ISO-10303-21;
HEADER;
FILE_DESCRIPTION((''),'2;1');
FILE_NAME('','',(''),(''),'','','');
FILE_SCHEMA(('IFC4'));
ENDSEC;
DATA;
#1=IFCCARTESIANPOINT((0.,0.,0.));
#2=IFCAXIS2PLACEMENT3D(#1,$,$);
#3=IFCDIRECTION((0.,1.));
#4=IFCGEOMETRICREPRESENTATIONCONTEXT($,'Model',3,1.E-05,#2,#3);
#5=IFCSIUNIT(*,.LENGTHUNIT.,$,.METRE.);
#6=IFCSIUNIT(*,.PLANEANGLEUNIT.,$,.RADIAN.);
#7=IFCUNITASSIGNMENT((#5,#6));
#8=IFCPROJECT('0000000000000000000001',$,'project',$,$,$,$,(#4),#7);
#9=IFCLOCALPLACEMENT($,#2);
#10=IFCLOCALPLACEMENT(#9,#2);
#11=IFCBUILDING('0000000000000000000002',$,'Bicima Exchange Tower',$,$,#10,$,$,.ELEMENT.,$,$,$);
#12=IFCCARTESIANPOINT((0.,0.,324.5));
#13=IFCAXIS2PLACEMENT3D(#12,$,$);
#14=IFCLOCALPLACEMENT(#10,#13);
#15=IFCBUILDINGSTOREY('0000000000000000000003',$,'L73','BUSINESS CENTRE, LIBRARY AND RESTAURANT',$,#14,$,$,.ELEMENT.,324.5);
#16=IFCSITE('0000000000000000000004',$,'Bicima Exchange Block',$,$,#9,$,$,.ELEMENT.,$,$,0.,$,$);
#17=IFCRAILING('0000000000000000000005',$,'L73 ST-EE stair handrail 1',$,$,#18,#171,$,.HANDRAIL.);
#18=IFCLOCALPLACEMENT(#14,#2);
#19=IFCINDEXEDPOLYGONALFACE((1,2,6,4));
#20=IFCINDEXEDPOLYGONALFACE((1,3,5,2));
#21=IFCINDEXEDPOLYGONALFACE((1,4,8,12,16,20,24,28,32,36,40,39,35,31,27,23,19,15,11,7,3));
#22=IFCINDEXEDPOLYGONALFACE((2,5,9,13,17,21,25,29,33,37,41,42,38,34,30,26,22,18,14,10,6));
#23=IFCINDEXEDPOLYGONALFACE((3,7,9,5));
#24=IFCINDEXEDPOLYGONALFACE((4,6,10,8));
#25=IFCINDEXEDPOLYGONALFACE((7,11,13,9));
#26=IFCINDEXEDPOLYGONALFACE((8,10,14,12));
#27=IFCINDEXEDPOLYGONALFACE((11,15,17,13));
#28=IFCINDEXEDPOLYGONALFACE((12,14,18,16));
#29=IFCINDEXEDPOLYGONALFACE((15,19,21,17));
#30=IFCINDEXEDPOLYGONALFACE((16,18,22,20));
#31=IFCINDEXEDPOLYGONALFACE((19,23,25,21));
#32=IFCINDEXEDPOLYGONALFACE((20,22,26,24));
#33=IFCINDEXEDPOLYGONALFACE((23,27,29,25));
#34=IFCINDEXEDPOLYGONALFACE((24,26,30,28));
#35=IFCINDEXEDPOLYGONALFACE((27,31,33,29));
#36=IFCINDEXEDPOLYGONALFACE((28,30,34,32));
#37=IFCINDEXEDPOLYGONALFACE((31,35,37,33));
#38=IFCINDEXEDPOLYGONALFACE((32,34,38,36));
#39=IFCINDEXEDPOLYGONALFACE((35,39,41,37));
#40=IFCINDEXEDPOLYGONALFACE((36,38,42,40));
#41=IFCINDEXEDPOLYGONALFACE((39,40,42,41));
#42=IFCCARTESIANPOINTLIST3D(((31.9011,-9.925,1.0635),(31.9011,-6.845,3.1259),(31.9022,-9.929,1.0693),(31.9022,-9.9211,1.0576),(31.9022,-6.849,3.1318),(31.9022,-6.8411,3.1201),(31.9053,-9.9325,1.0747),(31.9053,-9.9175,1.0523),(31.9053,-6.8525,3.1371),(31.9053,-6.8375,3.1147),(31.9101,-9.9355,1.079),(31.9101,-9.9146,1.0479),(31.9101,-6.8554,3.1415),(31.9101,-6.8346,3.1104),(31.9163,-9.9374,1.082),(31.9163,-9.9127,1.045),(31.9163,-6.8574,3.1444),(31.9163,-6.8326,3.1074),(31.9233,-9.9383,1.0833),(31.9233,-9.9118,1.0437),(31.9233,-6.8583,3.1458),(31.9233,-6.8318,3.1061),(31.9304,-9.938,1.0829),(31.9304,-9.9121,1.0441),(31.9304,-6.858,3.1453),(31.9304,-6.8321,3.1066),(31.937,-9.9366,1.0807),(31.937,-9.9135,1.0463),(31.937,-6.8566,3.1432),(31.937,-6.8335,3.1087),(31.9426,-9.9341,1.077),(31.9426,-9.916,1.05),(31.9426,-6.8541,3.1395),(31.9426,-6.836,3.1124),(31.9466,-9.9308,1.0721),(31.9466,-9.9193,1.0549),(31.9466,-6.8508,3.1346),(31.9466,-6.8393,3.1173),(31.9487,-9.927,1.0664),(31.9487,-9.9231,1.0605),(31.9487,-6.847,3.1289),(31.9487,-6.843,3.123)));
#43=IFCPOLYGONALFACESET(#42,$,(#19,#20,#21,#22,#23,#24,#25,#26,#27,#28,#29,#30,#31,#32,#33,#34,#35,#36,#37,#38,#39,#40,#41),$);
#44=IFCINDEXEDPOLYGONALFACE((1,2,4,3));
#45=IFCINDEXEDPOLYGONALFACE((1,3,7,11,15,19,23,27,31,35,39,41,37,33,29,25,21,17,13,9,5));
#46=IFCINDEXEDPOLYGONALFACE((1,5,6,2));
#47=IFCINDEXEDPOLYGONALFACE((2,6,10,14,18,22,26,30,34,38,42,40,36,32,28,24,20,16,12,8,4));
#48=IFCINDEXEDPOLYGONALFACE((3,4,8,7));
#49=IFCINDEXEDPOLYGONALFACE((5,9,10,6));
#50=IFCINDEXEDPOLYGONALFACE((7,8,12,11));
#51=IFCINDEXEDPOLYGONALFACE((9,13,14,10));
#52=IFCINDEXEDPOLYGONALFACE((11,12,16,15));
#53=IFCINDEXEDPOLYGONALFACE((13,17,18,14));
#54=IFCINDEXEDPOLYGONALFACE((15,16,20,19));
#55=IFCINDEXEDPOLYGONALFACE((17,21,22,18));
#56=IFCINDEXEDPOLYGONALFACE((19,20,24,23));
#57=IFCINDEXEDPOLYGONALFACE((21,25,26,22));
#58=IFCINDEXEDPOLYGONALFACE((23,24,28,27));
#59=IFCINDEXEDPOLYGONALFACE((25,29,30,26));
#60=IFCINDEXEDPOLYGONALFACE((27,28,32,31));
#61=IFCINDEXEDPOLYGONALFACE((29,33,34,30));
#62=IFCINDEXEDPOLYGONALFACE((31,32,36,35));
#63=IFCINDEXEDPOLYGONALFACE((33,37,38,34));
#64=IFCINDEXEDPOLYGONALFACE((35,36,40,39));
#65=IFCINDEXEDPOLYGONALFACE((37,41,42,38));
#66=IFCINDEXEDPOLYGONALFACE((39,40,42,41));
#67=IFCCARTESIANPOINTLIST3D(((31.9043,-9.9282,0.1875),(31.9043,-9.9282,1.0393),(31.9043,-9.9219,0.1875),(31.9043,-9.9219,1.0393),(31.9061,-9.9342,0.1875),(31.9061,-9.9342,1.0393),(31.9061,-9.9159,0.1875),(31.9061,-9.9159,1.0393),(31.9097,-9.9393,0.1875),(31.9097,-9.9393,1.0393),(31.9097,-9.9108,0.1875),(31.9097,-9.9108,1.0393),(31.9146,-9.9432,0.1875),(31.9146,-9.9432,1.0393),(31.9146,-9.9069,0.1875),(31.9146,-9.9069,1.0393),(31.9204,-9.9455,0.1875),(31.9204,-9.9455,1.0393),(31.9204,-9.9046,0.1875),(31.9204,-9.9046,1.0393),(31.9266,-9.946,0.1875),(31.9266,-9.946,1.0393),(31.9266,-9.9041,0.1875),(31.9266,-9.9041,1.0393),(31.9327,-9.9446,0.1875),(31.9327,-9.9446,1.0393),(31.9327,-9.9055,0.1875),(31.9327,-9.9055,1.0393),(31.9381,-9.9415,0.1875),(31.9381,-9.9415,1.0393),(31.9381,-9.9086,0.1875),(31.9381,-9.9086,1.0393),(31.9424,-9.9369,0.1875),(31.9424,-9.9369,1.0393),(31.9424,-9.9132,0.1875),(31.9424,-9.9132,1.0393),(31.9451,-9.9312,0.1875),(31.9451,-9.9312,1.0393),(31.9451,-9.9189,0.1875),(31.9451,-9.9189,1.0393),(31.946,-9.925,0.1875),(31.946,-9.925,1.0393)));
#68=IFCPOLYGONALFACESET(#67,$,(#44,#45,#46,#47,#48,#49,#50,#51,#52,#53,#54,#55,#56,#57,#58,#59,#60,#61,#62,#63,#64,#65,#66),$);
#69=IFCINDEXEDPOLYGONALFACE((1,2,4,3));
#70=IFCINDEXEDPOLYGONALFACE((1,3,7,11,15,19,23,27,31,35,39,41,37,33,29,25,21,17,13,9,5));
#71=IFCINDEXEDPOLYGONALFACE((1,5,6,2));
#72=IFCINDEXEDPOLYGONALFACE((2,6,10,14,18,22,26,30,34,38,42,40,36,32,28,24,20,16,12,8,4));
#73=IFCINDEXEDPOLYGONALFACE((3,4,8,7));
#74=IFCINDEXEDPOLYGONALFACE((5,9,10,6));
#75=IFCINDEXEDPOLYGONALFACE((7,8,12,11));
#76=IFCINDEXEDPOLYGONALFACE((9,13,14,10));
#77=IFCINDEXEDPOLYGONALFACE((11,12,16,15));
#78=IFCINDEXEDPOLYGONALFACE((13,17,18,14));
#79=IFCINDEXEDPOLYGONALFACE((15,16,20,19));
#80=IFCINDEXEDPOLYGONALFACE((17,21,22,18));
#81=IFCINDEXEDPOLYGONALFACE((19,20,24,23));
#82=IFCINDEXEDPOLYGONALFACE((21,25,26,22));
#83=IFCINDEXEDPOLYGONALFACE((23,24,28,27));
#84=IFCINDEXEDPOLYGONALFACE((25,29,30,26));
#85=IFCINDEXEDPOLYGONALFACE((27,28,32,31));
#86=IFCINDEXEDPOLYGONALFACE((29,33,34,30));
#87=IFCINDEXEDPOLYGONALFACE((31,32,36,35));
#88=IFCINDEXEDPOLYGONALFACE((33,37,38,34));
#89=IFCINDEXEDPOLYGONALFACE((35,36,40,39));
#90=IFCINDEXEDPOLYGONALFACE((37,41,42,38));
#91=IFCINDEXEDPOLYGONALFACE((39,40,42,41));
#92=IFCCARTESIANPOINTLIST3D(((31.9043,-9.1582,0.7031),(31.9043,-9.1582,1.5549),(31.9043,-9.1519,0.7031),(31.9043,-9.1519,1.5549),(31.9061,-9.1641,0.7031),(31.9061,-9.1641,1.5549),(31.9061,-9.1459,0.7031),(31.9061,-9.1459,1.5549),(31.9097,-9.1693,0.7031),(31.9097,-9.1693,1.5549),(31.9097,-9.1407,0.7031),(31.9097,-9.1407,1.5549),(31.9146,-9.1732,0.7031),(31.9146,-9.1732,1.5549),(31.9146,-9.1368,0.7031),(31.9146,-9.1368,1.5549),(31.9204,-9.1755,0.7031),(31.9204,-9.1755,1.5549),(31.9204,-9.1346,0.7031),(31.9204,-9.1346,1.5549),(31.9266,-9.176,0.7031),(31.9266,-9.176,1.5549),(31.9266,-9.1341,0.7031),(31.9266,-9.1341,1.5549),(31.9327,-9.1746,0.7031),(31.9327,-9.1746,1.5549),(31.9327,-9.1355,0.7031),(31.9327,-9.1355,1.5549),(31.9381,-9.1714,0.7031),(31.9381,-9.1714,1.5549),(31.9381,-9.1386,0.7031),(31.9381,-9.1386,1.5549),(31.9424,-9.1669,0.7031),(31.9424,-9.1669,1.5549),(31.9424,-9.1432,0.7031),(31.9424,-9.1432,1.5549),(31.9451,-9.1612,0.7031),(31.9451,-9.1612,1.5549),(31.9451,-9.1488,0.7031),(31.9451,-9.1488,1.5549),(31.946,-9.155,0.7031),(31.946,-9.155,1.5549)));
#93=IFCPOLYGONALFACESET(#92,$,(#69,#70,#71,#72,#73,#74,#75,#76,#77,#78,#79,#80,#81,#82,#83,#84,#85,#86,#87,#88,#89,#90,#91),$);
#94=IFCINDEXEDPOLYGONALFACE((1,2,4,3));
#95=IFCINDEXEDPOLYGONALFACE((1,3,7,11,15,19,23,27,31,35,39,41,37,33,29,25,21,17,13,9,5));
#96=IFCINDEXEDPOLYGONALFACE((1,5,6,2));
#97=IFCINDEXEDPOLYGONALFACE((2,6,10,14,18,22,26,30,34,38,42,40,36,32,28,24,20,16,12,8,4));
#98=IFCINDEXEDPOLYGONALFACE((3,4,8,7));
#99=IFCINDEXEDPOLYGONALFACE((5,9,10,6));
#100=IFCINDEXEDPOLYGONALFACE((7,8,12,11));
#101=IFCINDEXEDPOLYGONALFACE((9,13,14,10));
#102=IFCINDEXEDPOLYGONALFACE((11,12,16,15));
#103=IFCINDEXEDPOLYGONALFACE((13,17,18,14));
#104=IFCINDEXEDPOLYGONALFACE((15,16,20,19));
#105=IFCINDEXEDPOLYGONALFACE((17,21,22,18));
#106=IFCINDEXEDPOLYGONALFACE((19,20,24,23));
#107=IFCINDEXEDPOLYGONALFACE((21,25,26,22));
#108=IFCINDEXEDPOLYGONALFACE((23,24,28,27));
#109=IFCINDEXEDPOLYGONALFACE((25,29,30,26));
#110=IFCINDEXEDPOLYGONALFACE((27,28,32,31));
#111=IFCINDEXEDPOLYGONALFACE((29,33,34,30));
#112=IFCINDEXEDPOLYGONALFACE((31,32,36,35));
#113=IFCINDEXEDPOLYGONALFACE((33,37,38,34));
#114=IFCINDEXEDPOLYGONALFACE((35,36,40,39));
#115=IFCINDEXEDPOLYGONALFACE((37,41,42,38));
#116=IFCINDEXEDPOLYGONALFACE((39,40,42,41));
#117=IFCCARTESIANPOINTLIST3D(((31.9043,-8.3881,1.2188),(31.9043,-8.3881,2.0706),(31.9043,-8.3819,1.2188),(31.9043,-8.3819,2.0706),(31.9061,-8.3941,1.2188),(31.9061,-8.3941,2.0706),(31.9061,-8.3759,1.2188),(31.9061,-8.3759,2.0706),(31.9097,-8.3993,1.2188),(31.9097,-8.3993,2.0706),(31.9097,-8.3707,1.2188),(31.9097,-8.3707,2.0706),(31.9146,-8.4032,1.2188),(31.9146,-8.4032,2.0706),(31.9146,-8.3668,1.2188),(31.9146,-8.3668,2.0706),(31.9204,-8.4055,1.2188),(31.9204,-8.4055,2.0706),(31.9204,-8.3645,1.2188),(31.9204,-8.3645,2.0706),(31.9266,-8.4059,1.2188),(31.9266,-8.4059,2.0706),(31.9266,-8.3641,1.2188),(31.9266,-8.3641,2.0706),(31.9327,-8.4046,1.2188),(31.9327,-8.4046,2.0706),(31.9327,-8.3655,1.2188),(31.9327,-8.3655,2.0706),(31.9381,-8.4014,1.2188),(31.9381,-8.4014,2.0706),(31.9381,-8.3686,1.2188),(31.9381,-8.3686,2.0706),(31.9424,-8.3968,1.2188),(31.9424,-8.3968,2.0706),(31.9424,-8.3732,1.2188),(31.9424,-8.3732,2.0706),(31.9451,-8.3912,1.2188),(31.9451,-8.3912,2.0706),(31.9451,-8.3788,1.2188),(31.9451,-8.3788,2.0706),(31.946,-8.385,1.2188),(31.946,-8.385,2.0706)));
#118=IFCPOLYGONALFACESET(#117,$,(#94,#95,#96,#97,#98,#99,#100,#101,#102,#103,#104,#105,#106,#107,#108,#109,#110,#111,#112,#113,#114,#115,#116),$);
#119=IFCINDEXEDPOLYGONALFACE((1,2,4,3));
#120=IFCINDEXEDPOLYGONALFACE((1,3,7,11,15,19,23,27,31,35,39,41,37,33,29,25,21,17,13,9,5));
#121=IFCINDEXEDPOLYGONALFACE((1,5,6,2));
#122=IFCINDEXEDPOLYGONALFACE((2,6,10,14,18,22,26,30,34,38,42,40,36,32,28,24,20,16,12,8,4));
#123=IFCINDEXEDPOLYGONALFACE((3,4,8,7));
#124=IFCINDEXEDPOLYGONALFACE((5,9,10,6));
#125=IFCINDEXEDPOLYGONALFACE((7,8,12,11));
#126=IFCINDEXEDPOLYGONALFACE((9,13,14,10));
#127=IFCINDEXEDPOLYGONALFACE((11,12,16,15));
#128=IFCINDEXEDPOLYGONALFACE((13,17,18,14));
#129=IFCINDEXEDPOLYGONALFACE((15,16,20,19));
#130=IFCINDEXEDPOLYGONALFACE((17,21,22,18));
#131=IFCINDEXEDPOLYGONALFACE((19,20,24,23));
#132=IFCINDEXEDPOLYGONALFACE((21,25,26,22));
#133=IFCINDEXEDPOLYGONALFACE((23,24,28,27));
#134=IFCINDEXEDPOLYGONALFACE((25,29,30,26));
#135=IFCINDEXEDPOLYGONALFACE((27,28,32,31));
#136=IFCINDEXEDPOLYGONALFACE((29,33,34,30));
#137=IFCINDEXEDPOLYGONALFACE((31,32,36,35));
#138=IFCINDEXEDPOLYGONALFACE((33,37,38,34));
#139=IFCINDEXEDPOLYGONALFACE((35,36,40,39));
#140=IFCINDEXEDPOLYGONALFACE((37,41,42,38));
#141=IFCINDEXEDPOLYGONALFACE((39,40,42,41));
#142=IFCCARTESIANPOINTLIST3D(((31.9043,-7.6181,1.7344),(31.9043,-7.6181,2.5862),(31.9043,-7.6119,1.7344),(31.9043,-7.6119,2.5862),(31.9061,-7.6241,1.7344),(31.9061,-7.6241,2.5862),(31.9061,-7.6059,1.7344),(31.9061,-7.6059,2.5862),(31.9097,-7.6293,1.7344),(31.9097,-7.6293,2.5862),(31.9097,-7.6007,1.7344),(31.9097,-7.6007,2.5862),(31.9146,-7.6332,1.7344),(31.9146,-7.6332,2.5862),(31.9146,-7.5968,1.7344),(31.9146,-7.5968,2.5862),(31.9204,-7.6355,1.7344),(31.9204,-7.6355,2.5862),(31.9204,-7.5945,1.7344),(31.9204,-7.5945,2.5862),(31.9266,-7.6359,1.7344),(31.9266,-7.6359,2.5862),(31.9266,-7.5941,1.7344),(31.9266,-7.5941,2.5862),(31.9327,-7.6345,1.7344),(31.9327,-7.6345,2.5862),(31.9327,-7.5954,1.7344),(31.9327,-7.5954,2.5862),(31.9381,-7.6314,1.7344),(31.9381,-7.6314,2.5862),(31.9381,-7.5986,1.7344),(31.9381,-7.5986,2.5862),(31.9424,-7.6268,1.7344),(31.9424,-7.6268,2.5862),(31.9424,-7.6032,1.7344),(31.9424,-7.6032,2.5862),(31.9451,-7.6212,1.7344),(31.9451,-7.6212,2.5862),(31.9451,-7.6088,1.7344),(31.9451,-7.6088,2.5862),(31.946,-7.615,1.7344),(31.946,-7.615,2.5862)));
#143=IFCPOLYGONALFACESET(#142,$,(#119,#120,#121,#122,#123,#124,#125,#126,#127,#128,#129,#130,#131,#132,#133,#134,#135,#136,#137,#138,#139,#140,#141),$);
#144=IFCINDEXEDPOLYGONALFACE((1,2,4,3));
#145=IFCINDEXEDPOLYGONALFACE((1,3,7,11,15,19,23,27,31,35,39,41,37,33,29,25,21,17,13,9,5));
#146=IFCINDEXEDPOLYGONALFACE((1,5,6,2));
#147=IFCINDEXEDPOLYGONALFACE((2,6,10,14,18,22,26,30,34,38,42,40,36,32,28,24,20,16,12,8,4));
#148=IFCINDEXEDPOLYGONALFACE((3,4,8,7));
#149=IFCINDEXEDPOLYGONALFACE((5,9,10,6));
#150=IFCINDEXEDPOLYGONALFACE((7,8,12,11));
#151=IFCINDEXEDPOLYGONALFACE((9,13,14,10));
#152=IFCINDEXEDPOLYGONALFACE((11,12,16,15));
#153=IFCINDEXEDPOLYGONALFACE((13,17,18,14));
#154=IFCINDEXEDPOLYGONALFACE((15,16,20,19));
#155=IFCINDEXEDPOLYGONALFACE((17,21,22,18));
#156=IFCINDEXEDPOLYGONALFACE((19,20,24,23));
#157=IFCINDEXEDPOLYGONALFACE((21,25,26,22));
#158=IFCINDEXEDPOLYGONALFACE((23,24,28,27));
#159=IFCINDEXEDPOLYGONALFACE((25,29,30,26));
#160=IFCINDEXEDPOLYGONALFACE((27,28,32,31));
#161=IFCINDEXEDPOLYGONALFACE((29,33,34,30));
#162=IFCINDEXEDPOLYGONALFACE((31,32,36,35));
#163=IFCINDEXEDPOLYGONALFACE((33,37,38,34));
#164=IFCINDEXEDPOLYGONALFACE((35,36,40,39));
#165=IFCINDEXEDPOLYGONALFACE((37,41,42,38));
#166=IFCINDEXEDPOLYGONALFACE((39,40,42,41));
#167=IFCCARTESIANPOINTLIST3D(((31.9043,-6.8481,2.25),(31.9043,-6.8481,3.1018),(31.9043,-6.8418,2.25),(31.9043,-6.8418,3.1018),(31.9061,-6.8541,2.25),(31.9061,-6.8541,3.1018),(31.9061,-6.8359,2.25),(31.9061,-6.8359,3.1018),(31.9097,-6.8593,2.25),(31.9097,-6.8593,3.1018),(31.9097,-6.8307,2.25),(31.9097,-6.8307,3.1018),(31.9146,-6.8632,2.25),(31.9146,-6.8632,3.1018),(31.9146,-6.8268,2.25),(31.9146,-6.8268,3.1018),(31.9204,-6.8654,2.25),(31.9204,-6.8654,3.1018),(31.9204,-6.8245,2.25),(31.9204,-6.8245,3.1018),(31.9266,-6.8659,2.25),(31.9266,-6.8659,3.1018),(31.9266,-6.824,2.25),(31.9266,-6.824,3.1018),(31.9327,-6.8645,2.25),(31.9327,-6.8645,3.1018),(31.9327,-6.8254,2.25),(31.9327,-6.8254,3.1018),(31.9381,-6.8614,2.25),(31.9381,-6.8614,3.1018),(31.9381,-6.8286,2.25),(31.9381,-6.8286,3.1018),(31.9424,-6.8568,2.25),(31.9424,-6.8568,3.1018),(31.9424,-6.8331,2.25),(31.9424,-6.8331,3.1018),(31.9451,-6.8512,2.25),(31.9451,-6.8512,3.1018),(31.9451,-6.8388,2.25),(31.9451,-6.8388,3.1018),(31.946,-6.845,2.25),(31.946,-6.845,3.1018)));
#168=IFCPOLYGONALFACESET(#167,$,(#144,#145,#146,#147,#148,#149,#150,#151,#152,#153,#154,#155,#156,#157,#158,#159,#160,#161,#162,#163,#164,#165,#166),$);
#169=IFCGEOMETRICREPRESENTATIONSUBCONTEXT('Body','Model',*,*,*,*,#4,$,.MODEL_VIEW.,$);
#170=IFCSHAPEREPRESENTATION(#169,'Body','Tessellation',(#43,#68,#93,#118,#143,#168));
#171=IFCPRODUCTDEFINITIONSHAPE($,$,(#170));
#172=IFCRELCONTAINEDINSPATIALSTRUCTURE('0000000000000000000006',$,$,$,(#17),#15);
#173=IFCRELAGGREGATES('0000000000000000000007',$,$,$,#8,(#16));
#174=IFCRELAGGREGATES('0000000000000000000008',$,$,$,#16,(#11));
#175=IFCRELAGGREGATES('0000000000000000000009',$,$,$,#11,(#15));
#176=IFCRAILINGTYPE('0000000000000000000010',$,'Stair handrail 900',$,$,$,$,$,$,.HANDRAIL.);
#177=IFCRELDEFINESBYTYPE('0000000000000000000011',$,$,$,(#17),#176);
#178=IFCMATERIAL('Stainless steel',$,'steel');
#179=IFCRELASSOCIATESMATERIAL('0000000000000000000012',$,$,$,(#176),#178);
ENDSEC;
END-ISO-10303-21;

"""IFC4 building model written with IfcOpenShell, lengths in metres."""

from ifc_helpers import new_model, si_unit, direction, frame, origin, origin_2d, place, context, subcontext, project, spatial, circle, extrude, material, type_object, element, save


model = new_model("IFC4")

# Units and contexts
model_context = context("Model", 3, precision=1e-05, world=origin(), true_north=direction((0.0, 1.0)))
body_context = subcontext(model_context, "Body", "Model", "MODEL_VIEW")
ifc_project = project(units=[si_unit("LENGTHUNIT", "METRE"), si_unit("PLANEANGLEUNIT", "RADIAN")], contexts=[model_context])

# Site, building, storey
site_placement = place(None, origin())
site = spatial("IfcSite", under=ifc_project, at=site_placement, Name="Bicima Exchange Block", CompositionType="ELEMENT", RefElevation=0.0)
building_placement = place(site_placement, origin())
building = spatial("IfcBuilding", under=site, at=building_placement, Name="Bicima Exchange Tower", CompositionType="ELEMENT")
storey_placement = place(building_placement, frame((0.0, 0.0, 324.5)))
storey = spatial("IfcBuildingStorey", under=building, at=storey_placement, Name="L73", Description="BUSINESS CENTRE, LIBRARY AND RESTAURANT", CompositionType="ELEMENT", Elevation=324.5)

# Railing
ifc_material_1 = material(Name="Stainless steel", Category="steel")
railing_type_1 = type_object("IfcRailingType", Name="Stair handrail 900", PredefinedType="HANDRAIL", material=ifc_material_1)
railing_1_placement = place(storey_placement, frame((31.925, -9.925, 0.1875)))
element("IfcRailing", 1, at=railing_1_placement, inside=storey, type_object=railing_type_1, Name="L73 ST-EE stair handrail 1", PredefinedType="HANDRAIL", context=body_context, shape_type="SweptSolid", body=[
    extrude(circle(Radius=0.0239, at=origin_2d()), frame((0.0, 0.0, 0.876), z_axis=(0.0, 0.830914, 0.556401), x_axis=(-1.0, 0.0, 0.0)), (0.0, 0.0, 1.0), 3.7068),
    extrude(circle(Radius=0.021, at=origin_2d()), origin(), (0.0, 0.0, 1.0), 0.8518),
    extrude(circle(Radius=0.021, at=origin_2d()), frame((0.0, 0.77, 0.5156)), (0.0, 0.0, 1.0), 0.8518),
    extrude(circle(Radius=0.021, at=origin_2d()), frame((0.0, 1.54, 1.0312)), (0.0, 0.0, 1.0), 0.8518),
    extrude(circle(Radius=0.021, at=origin_2d()), frame((0.0, 2.3101, 1.5469)), (0.0, 0.0, 1.0), 0.8518),
    extrude(circle(Radius=0.021, at=origin_2d()), frame((0.0, 3.0801, 2.0625)), (0.0, 0.0, 1.0), 0.8518),
])

save(model, "model.ifc")
